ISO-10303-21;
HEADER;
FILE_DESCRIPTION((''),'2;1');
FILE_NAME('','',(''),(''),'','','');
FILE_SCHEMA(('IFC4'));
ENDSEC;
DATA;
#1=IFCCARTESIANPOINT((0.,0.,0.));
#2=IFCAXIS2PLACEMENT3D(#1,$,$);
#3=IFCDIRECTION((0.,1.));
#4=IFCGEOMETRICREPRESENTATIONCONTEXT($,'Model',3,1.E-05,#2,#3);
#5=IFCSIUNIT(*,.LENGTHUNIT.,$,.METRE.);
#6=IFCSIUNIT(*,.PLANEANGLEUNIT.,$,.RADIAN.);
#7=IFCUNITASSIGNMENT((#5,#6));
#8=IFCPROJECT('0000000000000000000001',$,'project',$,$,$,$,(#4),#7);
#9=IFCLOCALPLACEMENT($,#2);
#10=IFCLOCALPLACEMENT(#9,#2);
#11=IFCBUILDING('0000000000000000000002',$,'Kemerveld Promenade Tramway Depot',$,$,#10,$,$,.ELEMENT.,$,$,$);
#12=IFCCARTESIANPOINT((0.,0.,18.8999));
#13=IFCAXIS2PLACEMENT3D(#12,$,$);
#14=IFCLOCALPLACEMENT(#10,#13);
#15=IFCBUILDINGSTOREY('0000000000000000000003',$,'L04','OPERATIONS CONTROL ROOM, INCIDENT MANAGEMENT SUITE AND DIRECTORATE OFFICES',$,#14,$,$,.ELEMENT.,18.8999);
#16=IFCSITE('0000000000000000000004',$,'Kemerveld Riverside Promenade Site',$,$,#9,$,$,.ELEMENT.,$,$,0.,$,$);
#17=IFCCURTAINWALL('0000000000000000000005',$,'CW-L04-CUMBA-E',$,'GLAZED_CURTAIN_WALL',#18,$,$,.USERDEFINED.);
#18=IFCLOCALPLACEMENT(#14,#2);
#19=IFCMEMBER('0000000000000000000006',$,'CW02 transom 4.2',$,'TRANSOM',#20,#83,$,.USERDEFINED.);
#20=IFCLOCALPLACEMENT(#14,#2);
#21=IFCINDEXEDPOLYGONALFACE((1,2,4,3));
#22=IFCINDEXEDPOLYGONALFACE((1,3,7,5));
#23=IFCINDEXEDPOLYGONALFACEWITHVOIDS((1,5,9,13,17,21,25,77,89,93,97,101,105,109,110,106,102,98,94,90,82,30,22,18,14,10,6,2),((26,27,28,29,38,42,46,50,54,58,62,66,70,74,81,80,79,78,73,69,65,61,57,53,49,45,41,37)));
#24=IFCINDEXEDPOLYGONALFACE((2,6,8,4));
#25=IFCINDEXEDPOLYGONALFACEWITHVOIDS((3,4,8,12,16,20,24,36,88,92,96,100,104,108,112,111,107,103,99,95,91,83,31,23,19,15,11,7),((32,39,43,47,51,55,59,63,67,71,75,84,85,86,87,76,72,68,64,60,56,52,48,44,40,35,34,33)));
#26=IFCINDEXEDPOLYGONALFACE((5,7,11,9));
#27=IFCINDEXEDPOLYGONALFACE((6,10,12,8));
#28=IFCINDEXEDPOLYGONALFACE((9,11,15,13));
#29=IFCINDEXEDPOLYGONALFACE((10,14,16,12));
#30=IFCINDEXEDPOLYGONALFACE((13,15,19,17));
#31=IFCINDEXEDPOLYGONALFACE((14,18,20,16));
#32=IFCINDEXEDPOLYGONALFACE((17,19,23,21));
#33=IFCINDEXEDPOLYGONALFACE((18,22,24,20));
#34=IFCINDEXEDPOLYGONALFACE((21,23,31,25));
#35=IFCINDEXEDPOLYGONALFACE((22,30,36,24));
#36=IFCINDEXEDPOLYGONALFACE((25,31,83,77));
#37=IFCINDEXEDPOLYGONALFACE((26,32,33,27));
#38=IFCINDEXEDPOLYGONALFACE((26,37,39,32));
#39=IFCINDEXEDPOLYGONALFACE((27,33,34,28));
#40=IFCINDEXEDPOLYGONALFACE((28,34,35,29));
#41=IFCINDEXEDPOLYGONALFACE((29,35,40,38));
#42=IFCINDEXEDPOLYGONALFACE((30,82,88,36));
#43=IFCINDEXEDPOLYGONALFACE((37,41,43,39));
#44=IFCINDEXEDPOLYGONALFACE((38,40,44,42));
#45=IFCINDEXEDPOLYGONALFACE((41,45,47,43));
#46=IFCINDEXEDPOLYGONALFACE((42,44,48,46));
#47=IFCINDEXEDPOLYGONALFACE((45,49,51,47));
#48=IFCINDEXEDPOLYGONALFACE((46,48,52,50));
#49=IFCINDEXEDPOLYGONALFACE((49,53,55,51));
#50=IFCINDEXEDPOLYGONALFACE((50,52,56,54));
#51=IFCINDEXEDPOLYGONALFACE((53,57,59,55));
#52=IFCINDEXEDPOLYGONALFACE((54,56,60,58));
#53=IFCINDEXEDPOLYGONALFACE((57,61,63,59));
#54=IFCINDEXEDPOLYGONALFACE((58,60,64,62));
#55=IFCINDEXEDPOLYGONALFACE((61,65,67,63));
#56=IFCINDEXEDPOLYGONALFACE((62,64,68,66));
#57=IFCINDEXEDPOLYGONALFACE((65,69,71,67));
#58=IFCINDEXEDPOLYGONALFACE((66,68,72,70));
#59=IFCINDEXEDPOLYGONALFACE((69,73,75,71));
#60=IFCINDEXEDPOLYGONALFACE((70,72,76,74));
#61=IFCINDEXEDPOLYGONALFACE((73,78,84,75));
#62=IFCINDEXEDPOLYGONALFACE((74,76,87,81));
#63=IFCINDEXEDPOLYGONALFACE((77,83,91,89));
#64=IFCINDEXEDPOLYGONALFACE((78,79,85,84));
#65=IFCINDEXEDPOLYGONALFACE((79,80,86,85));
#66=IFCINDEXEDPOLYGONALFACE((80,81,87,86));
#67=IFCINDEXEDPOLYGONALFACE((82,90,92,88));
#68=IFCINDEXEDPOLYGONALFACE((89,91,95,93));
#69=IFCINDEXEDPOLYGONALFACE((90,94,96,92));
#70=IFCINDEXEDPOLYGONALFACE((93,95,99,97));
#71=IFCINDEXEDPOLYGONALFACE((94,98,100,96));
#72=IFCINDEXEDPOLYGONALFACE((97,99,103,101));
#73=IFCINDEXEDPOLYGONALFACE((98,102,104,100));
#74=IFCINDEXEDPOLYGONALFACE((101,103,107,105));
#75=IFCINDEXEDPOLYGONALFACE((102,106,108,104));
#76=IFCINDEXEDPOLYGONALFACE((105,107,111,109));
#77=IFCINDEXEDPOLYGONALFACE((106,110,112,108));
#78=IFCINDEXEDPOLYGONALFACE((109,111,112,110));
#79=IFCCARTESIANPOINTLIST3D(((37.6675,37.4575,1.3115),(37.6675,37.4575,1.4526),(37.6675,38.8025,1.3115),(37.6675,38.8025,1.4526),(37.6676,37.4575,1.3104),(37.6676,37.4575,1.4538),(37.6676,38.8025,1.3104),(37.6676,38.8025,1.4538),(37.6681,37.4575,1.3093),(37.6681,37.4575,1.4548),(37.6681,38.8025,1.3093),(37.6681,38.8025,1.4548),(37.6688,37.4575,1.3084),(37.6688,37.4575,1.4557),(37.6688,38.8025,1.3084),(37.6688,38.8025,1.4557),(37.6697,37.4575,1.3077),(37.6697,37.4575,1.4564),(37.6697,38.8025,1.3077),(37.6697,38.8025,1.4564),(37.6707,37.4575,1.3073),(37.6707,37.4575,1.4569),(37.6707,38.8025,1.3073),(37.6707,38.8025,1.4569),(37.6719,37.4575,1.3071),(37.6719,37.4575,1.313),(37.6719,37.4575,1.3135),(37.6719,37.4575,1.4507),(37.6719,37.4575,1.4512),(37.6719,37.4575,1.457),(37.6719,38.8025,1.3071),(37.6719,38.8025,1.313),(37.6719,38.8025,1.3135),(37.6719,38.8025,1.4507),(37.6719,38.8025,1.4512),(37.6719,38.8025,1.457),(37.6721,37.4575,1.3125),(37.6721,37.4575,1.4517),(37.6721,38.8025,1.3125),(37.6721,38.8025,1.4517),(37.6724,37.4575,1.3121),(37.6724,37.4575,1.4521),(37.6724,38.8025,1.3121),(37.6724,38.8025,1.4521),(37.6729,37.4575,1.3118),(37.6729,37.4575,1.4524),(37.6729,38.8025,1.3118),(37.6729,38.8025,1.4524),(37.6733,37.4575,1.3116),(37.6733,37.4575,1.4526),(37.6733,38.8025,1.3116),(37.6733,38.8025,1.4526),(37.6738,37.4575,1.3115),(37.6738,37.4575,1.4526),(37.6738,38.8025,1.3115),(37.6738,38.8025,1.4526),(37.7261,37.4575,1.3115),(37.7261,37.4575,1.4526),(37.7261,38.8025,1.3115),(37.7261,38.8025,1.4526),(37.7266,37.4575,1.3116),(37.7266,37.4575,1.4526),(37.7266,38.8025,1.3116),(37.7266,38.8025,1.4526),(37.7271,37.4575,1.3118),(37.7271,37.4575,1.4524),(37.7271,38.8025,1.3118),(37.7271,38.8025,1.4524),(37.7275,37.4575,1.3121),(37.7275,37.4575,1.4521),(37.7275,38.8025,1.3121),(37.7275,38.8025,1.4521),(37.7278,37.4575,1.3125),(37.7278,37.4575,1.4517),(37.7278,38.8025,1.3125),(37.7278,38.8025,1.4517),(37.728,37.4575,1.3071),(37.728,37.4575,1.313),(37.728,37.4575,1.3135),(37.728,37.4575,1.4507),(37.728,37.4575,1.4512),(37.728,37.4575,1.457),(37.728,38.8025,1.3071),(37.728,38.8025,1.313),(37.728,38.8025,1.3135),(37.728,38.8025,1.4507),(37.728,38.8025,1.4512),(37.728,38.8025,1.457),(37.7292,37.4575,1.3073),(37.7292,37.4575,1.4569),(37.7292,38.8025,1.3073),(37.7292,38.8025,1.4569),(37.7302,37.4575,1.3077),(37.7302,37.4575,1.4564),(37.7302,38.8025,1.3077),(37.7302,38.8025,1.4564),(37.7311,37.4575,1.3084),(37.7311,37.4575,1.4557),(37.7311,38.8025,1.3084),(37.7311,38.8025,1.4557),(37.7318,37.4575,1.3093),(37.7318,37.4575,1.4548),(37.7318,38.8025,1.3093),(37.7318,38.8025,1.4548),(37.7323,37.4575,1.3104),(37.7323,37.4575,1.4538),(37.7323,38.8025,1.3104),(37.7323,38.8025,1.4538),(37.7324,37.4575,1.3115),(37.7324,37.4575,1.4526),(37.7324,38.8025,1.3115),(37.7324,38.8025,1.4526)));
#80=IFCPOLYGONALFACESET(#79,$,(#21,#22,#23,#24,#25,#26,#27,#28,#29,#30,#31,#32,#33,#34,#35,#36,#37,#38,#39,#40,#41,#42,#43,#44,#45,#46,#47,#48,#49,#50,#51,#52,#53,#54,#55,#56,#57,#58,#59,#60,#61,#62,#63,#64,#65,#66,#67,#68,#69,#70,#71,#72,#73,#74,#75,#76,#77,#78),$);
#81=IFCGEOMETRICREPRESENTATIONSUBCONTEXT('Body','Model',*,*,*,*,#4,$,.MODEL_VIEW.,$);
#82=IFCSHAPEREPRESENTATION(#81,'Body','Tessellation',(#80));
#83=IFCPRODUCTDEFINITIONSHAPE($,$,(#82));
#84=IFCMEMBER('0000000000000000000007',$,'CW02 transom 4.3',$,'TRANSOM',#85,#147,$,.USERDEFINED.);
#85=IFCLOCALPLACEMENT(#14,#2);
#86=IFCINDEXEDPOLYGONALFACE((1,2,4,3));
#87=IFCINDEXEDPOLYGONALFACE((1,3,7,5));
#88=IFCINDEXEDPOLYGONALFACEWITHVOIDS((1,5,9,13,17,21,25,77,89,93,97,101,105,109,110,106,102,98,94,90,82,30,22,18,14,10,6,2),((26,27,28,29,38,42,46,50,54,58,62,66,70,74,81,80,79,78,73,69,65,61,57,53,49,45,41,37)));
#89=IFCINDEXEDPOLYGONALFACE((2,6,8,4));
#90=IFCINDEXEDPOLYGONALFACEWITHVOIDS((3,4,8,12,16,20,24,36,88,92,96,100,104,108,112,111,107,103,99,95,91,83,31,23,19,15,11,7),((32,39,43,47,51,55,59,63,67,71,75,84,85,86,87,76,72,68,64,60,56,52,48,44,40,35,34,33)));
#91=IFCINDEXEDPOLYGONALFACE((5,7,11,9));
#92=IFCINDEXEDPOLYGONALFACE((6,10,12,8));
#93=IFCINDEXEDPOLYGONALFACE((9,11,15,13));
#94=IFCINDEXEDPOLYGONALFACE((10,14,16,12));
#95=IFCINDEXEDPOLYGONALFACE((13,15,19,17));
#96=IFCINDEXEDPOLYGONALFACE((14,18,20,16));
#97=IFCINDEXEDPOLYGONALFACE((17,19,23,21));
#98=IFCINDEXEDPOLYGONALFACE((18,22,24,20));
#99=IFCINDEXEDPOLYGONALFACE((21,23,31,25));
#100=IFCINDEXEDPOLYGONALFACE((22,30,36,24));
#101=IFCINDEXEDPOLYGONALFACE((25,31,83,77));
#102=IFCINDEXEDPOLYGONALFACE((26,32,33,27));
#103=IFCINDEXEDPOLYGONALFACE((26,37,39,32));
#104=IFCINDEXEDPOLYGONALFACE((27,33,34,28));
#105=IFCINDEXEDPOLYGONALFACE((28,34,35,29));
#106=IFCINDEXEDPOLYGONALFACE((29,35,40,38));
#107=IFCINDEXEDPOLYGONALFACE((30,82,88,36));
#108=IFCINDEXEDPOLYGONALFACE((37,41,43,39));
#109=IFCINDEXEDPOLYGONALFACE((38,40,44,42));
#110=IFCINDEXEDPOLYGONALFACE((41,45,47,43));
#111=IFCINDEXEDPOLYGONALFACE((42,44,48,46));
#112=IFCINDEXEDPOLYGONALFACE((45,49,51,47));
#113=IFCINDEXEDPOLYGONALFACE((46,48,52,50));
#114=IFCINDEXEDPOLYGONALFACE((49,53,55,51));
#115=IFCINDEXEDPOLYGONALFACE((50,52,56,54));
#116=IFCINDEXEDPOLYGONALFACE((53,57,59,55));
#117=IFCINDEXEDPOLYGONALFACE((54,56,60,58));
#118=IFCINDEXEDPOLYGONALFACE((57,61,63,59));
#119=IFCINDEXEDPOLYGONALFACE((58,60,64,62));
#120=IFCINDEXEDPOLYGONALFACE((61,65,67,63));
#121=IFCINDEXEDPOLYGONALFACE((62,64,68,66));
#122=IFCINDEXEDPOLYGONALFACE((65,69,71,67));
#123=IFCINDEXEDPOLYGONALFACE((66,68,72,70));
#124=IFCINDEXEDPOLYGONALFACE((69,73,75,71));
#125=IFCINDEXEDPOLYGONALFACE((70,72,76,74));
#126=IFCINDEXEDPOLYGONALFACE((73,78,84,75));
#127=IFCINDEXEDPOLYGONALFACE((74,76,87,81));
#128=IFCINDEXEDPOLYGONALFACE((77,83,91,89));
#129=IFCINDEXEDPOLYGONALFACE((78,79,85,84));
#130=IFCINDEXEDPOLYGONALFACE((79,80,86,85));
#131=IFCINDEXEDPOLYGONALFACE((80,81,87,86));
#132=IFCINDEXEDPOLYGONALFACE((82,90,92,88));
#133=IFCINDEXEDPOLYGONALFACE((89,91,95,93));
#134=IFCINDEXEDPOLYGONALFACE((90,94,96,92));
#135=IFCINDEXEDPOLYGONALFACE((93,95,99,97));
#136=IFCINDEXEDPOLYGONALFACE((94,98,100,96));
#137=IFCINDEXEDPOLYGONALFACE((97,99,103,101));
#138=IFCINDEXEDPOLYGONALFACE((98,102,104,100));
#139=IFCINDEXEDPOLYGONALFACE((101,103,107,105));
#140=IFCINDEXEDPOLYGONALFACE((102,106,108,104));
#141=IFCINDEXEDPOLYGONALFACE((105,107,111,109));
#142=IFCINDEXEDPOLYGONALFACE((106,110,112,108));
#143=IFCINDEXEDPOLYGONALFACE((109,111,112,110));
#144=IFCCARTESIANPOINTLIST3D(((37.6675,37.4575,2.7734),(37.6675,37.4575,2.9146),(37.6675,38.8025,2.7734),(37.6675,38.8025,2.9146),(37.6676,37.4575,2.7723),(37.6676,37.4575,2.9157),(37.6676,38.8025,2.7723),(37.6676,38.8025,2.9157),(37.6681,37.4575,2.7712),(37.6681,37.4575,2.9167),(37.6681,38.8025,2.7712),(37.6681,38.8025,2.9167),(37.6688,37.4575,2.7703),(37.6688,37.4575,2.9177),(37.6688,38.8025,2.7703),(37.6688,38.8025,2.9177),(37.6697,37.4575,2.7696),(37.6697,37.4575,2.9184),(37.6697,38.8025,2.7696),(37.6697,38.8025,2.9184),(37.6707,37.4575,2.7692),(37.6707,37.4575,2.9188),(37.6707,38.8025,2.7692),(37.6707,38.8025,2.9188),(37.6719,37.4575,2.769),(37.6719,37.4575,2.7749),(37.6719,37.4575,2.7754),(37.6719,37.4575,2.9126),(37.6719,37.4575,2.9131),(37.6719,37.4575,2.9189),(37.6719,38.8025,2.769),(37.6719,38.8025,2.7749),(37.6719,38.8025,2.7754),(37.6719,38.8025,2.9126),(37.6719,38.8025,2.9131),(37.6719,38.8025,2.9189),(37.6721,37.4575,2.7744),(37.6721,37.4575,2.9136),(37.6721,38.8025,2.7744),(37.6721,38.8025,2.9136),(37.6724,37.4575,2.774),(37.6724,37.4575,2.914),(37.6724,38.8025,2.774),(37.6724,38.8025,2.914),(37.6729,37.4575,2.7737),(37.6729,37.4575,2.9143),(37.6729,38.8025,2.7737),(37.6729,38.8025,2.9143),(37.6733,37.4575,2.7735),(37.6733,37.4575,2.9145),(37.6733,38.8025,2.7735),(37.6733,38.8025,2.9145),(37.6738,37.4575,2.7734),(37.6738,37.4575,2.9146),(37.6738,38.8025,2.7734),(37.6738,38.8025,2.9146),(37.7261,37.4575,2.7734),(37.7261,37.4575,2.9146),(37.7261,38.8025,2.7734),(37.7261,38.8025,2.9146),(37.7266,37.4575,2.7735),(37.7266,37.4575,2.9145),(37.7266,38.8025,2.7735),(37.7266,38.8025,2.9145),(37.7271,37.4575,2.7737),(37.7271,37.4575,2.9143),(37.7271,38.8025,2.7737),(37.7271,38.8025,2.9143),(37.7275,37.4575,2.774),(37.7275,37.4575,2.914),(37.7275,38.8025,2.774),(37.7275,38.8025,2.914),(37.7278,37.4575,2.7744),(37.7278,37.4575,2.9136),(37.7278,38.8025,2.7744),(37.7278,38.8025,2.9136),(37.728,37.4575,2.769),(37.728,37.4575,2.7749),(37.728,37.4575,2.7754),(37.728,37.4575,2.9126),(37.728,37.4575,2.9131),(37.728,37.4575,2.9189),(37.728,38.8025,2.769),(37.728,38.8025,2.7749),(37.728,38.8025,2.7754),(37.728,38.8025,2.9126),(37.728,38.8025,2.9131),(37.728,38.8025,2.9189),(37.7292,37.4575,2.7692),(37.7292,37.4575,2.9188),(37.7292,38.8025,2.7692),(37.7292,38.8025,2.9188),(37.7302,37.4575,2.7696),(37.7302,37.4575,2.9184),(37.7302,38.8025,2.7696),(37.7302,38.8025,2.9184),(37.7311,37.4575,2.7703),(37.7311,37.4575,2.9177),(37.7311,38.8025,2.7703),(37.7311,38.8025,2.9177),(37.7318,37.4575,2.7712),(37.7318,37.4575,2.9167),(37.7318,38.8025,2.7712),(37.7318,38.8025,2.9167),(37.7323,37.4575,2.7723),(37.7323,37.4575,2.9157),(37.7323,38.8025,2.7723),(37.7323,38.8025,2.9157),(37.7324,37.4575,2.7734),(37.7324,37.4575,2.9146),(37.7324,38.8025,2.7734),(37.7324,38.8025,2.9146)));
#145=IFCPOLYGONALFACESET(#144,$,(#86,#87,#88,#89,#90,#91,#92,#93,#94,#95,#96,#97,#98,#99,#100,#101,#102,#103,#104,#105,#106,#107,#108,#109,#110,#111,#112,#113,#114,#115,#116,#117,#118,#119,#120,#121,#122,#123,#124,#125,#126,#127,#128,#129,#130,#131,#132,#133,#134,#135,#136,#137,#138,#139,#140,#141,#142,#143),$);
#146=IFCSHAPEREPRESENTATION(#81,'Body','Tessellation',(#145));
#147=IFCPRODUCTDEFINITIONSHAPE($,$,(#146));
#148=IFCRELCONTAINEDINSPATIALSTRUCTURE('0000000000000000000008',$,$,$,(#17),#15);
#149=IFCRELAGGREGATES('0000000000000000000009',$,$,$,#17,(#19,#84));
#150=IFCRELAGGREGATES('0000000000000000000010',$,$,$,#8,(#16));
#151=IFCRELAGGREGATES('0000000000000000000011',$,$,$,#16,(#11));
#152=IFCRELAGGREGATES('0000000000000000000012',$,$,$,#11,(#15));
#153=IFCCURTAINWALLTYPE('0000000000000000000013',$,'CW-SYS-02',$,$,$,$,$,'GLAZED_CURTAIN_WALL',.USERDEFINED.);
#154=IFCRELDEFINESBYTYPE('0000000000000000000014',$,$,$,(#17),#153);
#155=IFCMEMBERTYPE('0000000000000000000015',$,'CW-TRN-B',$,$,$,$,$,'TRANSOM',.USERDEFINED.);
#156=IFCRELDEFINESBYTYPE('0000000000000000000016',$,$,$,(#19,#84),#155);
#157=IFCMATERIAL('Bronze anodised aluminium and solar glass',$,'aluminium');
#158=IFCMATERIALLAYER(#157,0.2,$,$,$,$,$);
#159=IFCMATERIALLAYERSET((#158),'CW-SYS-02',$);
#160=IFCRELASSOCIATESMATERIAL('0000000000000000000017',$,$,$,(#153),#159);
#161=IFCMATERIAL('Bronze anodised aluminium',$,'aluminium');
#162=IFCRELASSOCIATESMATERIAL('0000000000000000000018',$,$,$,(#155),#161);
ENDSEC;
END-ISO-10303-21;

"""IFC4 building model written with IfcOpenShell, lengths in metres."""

from ifc_helpers import new_model, si_unit, direction, frame, origin, origin_2d, place, context, subcontext, project, spatial, hollow_rectangle, extrude, material, layer, layer_set, material_profile, profile_set, type_object, element, aggregate, save


model = new_model("IFC4")

# Units and contexts
model_context = context("Model", 3, precision=1e-05, world=origin(), true_north=direction((0.0, 1.0)))
body_context = subcontext(model_context, "Body", "Model", "MODEL_VIEW")
ifc_project = project(units=[si_unit("LENGTHUNIT", "METRE"), si_unit("PLANEANGLEUNIT", "RADIAN")], contexts=[model_context])

# Site, building, storey
site_placement = place(None, origin())
site = spatial("IfcSite", under=ifc_project, at=site_placement, Name="Kemerveld Riverside Promenade Site", CompositionType="ELEMENT", RefElevation=0.0)
building_placement = place(site_placement, origin())
building = spatial("IfcBuilding", under=site, at=building_placement, Name="Kemerveld Promenade Tramway Depot", CompositionType="ELEMENT")
storey_placement = place(building_placement, frame((0.0, 0.0, 18.8999)))
storey = spatial("IfcBuildingStorey", under=building, at=storey_placement, Name="L04", Description="OPERATIONS CONTROL ROOM, INCIDENT MANAGEMENT SUITE AND DIRECTORATE OFFICES", CompositionType="ELEMENT", Elevation=18.8999)

# Curtain wall, members
ifc_material_1 = material(Name="Bronze anodised aluminium and solar glass", Category="aluminium")
ifc_layer_1 = layer(ifc_material_1, 0.2)
ifc_layer_set_1 = layer_set([ifc_layer_1], Name="CW-SYS-02")
curtain_wall_type = type_object("IfcCurtainWallType", Name="CW-SYS-02", ElementType="GLAZED_CURTAIN_WALL", PredefinedType="USERDEFINED", material=ifc_layer_set_1)
curtain_wall_placement = place(storey_placement, origin())
curtain_wall = element("IfcCurtainWall", 1, at=curtain_wall_placement, inside=storey, type_object=curtain_wall_type, Name="CW-L04-CUMBA-E", ObjectType="GLAZED_CURTAIN_WALL", PredefinedType="USERDEFINED")
ifc_material_2 = material(Name="Bronze anodised aluminium", Category="aluminium")
ifc_material_profile_1 = material_profile(ifc_material_2, hollow_rectangle(XDim=0.0649, YDim=0.1499, WallThickness=0.0044, InnerFilletRadius=0.002, OuterFilletRadius=0.0044, at=origin_2d()), Name="CW-TRN-150x65")
ifc_profile_set_1 = profile_set([ifc_material_profile_1], Name="Bronze anodised aluminium")
member_type_1 = type_object("IfcMemberType", Name="CW-TRN-B", ElementType="TRANSOM", PredefinedType="USERDEFINED", material=ifc_profile_set_1)
member_1_placement = place(storey_placement, frame((37.7, 38.8025, 1.3821), z_axis=(0.0, -1.0, 0.0), x_axis=(1.0, 0.0, 0.0)))
member_1 = element("IfcMember", 2, at=member_1_placement, type_object=member_type_1, Name="CW02 transom 4.2", ObjectType="TRANSOM", PredefinedType="USERDEFINED", context=body_context, shape_type="SweptSolid", body=[
    extrude(hollow_rectangle(XDim=0.0649, YDim=0.1499, WallThickness=0.0044, InnerFilletRadius=0.002, OuterFilletRadius=0.0044, at=origin_2d()), origin(), (0.0, 0.0, 1.0), 1.345),
])
member_2_placement = place(storey_placement, frame((37.7, 38.8025, 2.844), z_axis=(0.0, -1.0, 0.0), x_axis=(1.0, 0.0, 0.0)))
member_2 = element("IfcMember", 3, at=member_2_placement, type_object=member_type_1, Name="CW02 transom 4.3", ObjectType="TRANSOM", PredefinedType="USERDEFINED", context=body_context, shape_type="SweptSolid", body=[
    extrude(hollow_rectangle(XDim=0.0649, YDim=0.1499, WallThickness=0.0044, InnerFilletRadius=0.002, OuterFilletRadius=0.0044, at=origin_2d()), origin(), (0.0, 0.0, 1.0), 1.345),
])
aggregate(curtain_wall, [member_1, member_2])

save(model, "model.ifc")
